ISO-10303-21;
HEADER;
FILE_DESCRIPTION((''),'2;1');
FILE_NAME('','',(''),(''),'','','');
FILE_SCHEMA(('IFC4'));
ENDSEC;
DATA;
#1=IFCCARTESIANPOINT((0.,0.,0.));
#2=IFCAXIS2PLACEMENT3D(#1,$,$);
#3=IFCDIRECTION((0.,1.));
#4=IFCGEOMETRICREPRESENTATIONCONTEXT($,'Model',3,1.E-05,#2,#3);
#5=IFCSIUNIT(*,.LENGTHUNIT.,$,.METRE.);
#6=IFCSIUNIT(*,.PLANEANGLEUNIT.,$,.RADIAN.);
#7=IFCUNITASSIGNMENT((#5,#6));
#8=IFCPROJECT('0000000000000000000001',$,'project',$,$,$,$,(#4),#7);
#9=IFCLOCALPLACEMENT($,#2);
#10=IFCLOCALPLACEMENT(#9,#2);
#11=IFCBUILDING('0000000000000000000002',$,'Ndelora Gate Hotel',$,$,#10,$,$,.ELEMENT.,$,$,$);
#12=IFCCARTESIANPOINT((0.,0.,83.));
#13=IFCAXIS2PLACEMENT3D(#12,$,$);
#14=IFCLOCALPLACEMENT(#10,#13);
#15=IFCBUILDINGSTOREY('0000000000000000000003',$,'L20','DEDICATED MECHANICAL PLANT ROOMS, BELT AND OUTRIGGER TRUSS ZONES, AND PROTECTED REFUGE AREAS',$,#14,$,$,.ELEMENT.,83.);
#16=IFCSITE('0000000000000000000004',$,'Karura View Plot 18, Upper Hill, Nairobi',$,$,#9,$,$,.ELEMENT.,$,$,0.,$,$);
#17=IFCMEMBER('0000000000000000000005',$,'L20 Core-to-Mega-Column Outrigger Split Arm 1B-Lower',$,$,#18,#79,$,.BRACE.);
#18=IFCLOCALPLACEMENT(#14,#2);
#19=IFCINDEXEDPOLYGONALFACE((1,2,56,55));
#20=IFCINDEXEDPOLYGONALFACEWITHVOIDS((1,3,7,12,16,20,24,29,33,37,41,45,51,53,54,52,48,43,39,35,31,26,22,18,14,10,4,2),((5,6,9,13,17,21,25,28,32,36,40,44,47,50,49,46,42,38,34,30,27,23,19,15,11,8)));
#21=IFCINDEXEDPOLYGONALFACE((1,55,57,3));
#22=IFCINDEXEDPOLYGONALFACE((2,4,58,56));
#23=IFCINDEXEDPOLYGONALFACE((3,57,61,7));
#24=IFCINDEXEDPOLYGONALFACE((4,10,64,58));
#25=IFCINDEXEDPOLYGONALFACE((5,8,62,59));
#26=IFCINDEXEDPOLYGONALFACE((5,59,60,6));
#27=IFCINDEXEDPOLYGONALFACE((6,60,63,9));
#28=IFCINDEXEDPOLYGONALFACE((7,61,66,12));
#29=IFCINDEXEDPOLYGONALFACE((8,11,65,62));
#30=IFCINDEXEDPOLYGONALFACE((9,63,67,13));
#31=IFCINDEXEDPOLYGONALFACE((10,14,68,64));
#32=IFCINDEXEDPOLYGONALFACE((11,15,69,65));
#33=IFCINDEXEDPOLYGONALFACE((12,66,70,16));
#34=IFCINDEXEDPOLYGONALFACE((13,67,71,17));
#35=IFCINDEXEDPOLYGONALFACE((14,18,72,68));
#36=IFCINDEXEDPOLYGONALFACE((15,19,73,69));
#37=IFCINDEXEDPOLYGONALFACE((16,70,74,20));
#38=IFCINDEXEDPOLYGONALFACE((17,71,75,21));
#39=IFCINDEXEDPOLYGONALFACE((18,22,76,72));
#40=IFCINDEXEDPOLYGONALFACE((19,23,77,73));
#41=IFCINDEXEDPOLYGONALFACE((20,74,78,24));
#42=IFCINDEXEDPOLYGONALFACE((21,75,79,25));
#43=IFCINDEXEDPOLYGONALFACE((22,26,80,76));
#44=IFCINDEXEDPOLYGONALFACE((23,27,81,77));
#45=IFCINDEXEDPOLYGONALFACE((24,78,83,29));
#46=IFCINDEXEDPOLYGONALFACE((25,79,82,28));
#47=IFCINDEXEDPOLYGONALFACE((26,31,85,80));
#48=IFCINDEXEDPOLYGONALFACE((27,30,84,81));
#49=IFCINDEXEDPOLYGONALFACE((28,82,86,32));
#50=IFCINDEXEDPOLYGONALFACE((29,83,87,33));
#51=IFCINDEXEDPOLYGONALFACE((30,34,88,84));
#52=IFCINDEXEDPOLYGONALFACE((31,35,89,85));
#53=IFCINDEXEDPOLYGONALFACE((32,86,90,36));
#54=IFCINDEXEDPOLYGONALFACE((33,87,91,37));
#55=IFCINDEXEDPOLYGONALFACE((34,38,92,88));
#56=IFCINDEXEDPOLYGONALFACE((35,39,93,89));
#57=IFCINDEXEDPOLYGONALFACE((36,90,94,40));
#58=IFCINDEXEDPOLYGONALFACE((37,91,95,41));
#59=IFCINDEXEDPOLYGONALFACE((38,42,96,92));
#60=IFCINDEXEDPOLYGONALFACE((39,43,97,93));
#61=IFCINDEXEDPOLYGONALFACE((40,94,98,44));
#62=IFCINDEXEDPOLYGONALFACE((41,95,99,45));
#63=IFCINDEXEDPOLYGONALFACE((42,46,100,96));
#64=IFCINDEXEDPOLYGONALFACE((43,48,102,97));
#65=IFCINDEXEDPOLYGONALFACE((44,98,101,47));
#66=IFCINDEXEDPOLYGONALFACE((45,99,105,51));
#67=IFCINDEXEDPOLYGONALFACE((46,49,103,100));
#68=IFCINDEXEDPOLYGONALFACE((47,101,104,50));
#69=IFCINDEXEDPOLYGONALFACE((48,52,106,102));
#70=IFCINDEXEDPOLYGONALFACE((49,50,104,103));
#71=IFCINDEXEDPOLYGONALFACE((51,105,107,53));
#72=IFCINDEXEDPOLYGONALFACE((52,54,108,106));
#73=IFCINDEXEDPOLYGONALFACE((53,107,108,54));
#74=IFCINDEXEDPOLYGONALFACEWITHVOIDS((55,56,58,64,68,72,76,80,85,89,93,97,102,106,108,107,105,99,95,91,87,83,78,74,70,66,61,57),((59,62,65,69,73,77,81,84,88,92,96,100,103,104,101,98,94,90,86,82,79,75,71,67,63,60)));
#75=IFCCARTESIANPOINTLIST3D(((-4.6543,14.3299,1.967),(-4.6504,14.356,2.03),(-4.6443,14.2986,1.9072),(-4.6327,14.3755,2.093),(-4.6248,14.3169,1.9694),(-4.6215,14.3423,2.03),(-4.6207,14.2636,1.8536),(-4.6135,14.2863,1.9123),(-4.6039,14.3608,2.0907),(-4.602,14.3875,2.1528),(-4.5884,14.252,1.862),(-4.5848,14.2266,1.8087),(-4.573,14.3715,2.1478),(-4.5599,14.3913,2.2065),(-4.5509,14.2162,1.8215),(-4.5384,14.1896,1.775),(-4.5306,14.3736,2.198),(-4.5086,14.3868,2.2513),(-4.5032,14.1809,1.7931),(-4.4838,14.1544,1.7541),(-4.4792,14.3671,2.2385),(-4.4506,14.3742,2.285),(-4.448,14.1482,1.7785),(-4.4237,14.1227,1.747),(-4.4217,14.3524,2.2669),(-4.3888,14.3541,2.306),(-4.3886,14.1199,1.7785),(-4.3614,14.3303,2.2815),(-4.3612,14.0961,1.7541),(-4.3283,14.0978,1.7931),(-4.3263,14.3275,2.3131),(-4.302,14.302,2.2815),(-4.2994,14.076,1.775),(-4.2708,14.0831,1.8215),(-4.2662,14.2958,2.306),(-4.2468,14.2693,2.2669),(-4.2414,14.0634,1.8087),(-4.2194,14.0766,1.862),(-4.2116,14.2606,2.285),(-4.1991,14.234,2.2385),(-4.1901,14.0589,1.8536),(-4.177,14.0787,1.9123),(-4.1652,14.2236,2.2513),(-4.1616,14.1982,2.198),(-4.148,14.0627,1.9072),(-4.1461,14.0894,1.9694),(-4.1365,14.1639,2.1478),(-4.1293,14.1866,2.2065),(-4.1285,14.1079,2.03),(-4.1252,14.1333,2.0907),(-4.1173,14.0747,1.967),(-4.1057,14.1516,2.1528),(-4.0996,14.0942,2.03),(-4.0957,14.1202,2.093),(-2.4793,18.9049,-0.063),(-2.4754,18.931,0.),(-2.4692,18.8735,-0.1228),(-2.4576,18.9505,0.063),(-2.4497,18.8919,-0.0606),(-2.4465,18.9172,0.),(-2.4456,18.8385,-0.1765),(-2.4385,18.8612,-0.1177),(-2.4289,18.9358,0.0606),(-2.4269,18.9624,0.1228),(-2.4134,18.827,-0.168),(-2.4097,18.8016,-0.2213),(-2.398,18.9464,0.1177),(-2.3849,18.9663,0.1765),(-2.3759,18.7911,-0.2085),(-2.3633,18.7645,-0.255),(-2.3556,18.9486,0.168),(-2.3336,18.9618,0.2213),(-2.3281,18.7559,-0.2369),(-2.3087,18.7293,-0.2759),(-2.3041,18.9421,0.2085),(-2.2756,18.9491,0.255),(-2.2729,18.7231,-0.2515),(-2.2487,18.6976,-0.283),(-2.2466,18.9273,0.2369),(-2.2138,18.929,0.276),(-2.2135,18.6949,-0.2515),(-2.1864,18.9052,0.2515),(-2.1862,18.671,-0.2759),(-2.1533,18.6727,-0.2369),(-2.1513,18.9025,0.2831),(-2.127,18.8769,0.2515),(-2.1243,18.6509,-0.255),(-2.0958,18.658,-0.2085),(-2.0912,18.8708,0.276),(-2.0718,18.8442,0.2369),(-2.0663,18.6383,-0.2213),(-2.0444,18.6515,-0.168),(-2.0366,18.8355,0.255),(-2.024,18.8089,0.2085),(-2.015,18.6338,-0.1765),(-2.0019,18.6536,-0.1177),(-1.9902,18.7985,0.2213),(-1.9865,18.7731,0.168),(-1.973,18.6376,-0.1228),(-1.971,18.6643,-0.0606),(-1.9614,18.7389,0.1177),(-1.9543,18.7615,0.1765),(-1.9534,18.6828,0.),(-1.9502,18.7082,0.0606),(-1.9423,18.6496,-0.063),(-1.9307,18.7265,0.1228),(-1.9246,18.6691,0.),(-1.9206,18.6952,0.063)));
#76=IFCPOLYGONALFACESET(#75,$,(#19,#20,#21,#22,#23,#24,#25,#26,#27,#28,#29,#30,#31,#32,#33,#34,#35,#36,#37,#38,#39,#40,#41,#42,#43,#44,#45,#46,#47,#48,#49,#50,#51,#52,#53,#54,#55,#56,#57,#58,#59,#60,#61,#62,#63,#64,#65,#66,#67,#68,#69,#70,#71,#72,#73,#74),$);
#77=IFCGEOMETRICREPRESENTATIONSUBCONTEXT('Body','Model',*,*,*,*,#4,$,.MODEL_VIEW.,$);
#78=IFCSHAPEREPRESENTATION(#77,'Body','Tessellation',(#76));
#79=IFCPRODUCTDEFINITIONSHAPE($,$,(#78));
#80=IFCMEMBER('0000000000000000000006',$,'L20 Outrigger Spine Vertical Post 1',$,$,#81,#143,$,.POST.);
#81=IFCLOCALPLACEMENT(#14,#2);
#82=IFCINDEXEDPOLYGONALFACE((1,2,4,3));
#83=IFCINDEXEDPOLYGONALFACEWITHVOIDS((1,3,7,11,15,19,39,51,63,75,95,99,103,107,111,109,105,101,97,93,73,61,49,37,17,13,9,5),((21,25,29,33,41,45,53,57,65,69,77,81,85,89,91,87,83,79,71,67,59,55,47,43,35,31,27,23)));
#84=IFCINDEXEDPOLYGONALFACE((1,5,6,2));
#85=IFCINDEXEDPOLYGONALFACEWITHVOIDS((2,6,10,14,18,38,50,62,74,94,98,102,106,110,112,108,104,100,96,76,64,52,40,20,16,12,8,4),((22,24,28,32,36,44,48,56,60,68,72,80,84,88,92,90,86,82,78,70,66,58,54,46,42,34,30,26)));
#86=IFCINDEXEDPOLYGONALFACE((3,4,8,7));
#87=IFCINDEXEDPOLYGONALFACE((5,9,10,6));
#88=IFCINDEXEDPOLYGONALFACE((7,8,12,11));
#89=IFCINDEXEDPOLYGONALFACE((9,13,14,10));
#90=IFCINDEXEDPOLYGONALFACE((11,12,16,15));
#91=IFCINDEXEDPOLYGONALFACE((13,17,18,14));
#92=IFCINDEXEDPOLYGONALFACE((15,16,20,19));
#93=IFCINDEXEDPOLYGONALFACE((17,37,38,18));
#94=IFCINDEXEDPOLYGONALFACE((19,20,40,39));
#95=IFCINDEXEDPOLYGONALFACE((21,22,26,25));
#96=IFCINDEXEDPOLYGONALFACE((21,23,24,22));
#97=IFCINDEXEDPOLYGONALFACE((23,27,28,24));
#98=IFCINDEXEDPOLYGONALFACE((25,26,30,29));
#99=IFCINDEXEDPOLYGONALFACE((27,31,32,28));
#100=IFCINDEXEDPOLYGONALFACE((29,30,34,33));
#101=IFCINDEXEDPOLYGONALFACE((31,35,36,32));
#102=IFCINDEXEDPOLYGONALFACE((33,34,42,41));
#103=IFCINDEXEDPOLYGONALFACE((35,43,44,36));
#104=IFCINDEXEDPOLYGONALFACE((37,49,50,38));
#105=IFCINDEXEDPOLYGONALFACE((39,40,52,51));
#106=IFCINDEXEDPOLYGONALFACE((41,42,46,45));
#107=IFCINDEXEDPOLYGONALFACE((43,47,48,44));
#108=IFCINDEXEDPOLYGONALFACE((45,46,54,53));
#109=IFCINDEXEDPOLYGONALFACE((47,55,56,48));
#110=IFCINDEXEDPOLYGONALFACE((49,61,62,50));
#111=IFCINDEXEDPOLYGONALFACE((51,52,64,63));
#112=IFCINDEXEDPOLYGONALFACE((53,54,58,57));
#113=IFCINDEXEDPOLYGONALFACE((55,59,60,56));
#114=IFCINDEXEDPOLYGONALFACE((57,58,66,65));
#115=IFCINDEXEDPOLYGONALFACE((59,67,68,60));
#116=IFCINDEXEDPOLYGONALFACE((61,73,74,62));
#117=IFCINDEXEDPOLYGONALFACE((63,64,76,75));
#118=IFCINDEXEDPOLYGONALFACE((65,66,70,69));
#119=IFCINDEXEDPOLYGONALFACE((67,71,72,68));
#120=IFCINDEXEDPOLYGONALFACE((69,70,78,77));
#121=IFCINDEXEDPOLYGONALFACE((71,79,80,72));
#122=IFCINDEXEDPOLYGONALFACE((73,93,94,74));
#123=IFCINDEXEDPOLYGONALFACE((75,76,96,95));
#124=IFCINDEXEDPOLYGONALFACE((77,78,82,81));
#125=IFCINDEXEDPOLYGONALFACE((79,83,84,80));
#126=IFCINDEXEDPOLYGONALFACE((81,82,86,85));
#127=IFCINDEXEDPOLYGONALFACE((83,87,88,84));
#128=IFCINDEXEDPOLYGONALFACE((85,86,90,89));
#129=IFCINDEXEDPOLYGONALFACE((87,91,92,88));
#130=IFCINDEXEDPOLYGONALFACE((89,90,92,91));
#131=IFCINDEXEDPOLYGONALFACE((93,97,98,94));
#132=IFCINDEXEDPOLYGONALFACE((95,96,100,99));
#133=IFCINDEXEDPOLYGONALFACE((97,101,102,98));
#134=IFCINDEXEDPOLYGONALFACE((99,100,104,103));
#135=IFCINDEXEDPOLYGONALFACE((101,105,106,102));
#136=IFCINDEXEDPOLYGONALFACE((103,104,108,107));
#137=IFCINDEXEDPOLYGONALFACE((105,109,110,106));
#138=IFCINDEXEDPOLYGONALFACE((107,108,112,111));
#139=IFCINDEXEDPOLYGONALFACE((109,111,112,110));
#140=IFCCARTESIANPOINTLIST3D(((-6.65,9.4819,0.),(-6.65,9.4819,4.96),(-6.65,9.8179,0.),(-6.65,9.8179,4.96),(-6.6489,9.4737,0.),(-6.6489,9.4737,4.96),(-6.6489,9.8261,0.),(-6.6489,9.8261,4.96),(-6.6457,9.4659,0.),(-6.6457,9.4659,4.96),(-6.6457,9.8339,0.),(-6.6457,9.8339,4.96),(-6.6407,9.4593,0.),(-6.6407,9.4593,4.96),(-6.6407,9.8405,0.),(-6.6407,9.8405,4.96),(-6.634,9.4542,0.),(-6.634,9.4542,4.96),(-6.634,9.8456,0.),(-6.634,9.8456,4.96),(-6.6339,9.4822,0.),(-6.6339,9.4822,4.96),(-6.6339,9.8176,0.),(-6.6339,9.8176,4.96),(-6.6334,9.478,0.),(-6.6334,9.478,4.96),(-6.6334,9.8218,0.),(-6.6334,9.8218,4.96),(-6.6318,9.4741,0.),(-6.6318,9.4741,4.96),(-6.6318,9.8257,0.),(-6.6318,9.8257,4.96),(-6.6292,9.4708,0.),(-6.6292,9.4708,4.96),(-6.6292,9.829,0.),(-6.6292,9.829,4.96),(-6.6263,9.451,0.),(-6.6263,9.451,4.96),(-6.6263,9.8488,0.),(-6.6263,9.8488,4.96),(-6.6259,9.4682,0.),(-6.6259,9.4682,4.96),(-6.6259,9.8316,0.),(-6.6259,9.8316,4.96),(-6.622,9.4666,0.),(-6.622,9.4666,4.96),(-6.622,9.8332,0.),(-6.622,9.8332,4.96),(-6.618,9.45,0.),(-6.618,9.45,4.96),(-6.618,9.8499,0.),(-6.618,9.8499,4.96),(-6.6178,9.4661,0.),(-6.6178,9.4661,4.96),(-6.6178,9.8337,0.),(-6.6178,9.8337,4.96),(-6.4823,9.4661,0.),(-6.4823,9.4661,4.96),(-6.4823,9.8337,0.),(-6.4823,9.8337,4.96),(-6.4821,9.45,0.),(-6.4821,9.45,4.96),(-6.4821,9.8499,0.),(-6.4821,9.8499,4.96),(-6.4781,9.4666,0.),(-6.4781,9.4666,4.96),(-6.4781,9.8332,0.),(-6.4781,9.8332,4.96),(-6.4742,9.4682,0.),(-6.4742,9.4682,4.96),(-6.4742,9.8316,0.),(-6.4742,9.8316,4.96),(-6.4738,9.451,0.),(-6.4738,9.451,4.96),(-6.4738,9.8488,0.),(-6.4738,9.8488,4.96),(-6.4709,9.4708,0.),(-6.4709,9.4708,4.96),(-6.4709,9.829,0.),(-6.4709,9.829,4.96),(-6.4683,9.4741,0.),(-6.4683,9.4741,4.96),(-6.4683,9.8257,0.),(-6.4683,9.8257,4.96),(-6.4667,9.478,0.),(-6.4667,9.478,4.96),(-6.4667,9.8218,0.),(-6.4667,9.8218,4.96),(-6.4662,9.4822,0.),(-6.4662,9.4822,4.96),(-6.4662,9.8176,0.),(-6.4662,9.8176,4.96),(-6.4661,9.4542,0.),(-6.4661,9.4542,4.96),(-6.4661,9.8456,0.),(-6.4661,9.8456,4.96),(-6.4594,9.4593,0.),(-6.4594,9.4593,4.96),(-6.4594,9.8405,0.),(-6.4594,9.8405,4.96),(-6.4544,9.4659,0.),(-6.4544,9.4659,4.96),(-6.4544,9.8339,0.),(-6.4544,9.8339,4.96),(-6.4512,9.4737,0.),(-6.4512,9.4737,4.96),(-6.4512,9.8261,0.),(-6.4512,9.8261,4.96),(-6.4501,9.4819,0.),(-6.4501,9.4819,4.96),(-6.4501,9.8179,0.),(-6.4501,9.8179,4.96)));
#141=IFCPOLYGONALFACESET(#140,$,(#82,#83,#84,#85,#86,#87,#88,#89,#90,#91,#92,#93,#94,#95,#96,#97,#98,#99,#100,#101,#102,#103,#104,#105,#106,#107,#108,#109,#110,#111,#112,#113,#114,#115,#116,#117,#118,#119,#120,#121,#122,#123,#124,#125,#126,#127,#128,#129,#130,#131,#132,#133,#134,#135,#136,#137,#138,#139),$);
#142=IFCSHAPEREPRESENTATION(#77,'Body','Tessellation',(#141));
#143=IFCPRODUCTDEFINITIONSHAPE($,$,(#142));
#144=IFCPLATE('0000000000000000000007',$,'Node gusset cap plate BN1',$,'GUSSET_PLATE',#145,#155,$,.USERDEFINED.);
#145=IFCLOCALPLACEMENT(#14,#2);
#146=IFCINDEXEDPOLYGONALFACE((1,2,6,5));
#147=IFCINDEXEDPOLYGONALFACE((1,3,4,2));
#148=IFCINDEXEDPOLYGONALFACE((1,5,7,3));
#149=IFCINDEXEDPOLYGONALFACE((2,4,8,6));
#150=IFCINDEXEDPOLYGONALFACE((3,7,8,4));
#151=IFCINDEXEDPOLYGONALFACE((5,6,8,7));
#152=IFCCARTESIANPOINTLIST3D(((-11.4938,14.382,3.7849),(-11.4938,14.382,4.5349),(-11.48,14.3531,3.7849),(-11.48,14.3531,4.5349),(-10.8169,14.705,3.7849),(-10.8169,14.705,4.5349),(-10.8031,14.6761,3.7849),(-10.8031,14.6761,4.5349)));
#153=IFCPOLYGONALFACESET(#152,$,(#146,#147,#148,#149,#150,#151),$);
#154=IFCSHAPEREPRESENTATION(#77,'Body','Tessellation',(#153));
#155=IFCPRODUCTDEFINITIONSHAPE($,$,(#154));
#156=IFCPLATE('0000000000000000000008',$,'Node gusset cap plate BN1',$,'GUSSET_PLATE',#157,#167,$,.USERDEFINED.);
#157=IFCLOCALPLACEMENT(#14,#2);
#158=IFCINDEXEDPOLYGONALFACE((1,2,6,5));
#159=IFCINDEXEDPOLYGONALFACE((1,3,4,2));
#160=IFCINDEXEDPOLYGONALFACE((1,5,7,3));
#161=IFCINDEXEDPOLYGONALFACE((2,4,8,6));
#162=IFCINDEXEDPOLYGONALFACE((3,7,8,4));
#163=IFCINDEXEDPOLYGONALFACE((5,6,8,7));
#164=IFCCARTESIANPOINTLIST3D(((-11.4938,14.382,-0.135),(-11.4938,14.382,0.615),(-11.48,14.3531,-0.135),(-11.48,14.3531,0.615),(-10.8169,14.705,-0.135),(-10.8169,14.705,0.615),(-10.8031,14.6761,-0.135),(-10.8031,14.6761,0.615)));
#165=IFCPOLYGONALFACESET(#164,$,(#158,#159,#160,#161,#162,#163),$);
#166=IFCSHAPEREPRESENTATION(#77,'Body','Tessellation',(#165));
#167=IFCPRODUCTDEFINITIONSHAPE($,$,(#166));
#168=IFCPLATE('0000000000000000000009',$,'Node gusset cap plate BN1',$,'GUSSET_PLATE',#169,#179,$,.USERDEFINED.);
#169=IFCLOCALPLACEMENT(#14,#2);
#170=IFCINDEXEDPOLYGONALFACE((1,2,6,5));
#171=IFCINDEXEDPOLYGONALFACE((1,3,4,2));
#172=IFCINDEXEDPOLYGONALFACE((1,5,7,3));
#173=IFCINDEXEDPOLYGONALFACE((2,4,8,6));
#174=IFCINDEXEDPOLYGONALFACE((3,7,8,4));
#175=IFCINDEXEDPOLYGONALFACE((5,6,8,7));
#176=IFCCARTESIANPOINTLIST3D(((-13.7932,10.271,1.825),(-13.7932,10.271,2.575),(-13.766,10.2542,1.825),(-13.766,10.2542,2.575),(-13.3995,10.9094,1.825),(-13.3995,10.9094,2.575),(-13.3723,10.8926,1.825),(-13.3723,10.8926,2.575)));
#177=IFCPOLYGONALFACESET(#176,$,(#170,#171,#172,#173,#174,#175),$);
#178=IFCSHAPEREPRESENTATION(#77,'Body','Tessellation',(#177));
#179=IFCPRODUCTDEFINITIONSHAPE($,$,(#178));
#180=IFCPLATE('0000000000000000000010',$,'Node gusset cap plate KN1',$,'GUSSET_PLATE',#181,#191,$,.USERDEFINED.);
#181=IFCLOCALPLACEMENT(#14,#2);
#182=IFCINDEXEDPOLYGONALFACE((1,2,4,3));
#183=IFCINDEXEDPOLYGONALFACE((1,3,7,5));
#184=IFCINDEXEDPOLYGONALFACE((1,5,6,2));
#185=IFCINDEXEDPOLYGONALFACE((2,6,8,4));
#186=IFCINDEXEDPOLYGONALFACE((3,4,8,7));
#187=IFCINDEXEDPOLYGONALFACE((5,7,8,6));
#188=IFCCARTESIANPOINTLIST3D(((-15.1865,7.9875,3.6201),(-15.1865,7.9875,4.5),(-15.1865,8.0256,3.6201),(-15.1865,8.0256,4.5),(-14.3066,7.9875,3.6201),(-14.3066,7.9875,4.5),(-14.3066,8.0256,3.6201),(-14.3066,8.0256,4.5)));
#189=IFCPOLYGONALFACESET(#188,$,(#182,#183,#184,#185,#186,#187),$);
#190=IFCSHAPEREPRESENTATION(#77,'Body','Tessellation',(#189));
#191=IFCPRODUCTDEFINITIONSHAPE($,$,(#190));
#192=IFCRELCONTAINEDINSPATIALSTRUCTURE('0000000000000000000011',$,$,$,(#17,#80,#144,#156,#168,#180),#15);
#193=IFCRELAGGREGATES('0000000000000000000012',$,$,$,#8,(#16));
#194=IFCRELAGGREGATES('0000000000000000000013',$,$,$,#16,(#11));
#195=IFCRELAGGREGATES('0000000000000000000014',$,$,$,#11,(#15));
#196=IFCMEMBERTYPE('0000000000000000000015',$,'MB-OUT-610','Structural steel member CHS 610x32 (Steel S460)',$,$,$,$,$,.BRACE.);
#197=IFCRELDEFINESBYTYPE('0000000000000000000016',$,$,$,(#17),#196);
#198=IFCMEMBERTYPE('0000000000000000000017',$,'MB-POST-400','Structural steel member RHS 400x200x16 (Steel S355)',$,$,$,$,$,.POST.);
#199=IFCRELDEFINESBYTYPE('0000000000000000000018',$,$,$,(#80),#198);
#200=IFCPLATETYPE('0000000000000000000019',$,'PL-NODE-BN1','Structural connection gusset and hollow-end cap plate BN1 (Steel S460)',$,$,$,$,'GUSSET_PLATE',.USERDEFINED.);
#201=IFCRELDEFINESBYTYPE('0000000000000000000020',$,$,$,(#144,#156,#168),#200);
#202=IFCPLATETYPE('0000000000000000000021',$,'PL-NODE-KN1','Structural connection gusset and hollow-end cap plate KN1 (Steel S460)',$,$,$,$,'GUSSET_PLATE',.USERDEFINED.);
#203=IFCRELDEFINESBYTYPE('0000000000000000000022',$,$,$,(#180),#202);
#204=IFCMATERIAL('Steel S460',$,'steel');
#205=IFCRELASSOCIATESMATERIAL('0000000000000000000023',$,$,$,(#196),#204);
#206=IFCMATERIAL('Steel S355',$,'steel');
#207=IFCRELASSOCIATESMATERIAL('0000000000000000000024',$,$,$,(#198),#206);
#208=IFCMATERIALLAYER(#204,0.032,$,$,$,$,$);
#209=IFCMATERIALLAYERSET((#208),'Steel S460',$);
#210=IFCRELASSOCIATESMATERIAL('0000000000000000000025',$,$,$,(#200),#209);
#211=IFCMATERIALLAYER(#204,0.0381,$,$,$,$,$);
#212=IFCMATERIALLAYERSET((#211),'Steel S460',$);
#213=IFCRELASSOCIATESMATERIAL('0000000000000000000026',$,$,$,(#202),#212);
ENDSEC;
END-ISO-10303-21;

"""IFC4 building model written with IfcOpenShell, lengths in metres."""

from ifc_helpers import new_model, si_unit, direction, frame, origin, origin_2d, place, context, subcontext, project, spatial, rectangle, hollow_rectangle, hollow_circle, extrude, material, layer, layer_set, material_profile, profile_set, type_object, element, save


model = new_model("IFC4")

# Units and contexts
model_context = context("Model", 3, precision=1e-05, world=origin(), true_north=direction((0.0, 1.0)))
body_context = subcontext(model_context, "Body", "Model", "MODEL_VIEW")
ifc_project = project(units=[si_unit("LENGTHUNIT", "METRE"), si_unit("PLANEANGLEUNIT", "RADIAN")], contexts=[model_context])

# Site, building, storey
site_placement = place(None, origin())
site = spatial("IfcSite", under=ifc_project, at=site_placement, Name="Karura View Plot 18, Upper Hill, Nairobi", CompositionType="ELEMENT", RefElevation=0.0)
building_placement = place(site_placement, origin())
building = spatial("IfcBuilding", under=site, at=building_placement, Name="Ndelora Gate Hotel", CompositionType="ELEMENT")
storey_placement = place(building_placement, frame((0.0, 0.0, 83.0)))
storey = spatial("IfcBuildingStorey", under=building, at=storey_placement, Name="L20", Description="DEDICATED MECHANICAL PLANT ROOMS, BELT AND OUTRIGGER TRUSS ZONES, AND PROTECTED REFUGE AREAS", CompositionType="ELEMENT", Elevation=83.0)

# Shared definitions
ifc_material_1 = material(Name="Steel S460", Category="steel")

# Members
ifc_material_profile_1 = material_profile(ifc_material_1, hollow_circle(Radius=0.3049, WallThickness=0.032, at=origin_2d()), Name="CHS 610x32")
ifc_profile_set_1 = profile_set([ifc_material_profile_1], Name="Steel S460")
member_type_1 = type_object("IfcMemberType", Name="MB-OUT-610", Description="Structural steel member CHS 610x32 (Steel S460)", PredefinedType="BRACE", material=ifc_profile_set_1)
member_1_placement = place(storey_placement, frame((-4.375, 14.2251, 2.03), z_axis=(0.398558, 0.838319, -0.371985), x_axis=(-0.903128, 0.42937, 0.0)))
element("IfcMember", 1, at=member_1_placement, inside=storey, type_object=member_type_1, Name="L20 Core-to-Mega-Column Outrigger Split Arm 1B-Lower", PredefinedType="BRACE", context=body_context, shape_type="SweptSolid", body=[
    extrude(hollow_circle(Radius=0.3049, WallThickness=0.032, at=origin_2d()), origin(), (0.0, 0.0, 1.0), 5.4573),
])
ifc_material_2 = material(Name="Steel S355", Category="steel")
ifc_material_profile_2 = material_profile(ifc_material_2, hollow_rectangle(XDim=0.2, YDim=0.3999, WallThickness=0.0161, InnerFilletRadius=0.0161, OuterFilletRadius=0.032, at=origin_2d()), Name="RHS 400x200x16")
ifc_profile_set_2 = profile_set([ifc_material_profile_2], Name="Steel S355")
member_type_2 = type_object("IfcMemberType", Name="MB-POST-400", Description="Structural steel member RHS 400x200x16 (Steel S355)", PredefinedType="POST", material=ifc_profile_set_2)
member_2_placement = place(storey_placement, frame((-6.55, 9.6499, 0.0), z_axis=(0.0, 0.0, 1.0), x_axis=(1.0, 0.0, 0.0)))
element("IfcMember", 2, at=member_2_placement, inside=storey, type_object=member_type_2, Name="L20 Outrigger Spine Vertical Post 1", PredefinedType="POST", context=body_context, shape_type="SweptSolid", body=[
    extrude(hollow_rectangle(XDim=0.2, YDim=0.3999, WallThickness=0.0161, InnerFilletRadius=0.0161, OuterFilletRadius=0.032, at=origin_2d()), origin(), (0.0, 0.0, 1.0), 4.96),
])

# Plates
ifc_layer_1 = layer(ifc_material_1, 0.032)
ifc_layer_set_1 = layer_set([ifc_layer_1], Name="Steel S460")
plate_type_1 = type_object("IfcPlateType", Name="PL-NODE-BN1", Description="Structural connection gusset and hollow-end cap plate BN1 (Steel S460)", ElementType="GUSSET_PLATE", PredefinedType="USERDEFINED", material=ifc_layer_set_1)
for number, where, z_axis, x_axis, name in (
    (3, (-11.1484, 14.5291, 3.7849), (0.0, 0.0, 1.0), (0.90251, 0.430669, 0.0), "Node gusset cap plate BN1"),
    (4, (-11.1484, 14.5291, -0.135), (0.0, 0.0, 1.0), (0.90251, 0.430669, 0.0), "Node gusset cap plate BN1"),
    (5, (-13.5828, 10.5818, 1.825), (0.0, 0.0, 1.0), (0.524878, 0.851178, 0.0), "Node gusset cap plate BN1"),
):
    element("IfcPlate", number, at=place(storey_placement, frame(where, z_axis=z_axis, x_axis=x_axis)), inside=storey, type_object=plate_type_1, Name=name, ObjectType="GUSSET_PLATE", PredefinedType="USERDEFINED", context=body_context, shape_type="SweptSolid", body=[
        extrude(rectangle(XDim=0.75, YDim=0.032, at=origin_2d()), origin(), (0.0, 0.0, 1.0), 0.75),
    ])
ifc_layer_2 = layer(ifc_material_1, 0.0381)
ifc_layer_set_2 = layer_set([ifc_layer_2], Name="Steel S460")
plate_type_2 = type_object("IfcPlateType", Name="PL-NODE-KN1", Description="Structural connection gusset and hollow-end cap plate KN1 (Steel S460)", ElementType="GUSSET_PLATE", PredefinedType="USERDEFINED", material=ifc_layer_set_2)
plate_placement = place(storey_placement, frame((-14.7466, 8.0066, 3.6201), z_axis=(0.0, 0.0, 1.0), x_axis=(1.0, 0.0, 0.0)))
element("IfcPlate", 6, at=plate_placement, inside=storey, type_object=plate_type_2, Name="Node gusset cap plate KN1", ObjectType="GUSSET_PLATE", PredefinedType="USERDEFINED", context=body_context, shape_type="SweptSolid", body=[
    extrude(rectangle(XDim=0.8799, YDim=0.0381, at=origin_2d()), origin(), (0.0, 0.0, 1.0), 0.8799),
])

save(model, "model.ifc")
